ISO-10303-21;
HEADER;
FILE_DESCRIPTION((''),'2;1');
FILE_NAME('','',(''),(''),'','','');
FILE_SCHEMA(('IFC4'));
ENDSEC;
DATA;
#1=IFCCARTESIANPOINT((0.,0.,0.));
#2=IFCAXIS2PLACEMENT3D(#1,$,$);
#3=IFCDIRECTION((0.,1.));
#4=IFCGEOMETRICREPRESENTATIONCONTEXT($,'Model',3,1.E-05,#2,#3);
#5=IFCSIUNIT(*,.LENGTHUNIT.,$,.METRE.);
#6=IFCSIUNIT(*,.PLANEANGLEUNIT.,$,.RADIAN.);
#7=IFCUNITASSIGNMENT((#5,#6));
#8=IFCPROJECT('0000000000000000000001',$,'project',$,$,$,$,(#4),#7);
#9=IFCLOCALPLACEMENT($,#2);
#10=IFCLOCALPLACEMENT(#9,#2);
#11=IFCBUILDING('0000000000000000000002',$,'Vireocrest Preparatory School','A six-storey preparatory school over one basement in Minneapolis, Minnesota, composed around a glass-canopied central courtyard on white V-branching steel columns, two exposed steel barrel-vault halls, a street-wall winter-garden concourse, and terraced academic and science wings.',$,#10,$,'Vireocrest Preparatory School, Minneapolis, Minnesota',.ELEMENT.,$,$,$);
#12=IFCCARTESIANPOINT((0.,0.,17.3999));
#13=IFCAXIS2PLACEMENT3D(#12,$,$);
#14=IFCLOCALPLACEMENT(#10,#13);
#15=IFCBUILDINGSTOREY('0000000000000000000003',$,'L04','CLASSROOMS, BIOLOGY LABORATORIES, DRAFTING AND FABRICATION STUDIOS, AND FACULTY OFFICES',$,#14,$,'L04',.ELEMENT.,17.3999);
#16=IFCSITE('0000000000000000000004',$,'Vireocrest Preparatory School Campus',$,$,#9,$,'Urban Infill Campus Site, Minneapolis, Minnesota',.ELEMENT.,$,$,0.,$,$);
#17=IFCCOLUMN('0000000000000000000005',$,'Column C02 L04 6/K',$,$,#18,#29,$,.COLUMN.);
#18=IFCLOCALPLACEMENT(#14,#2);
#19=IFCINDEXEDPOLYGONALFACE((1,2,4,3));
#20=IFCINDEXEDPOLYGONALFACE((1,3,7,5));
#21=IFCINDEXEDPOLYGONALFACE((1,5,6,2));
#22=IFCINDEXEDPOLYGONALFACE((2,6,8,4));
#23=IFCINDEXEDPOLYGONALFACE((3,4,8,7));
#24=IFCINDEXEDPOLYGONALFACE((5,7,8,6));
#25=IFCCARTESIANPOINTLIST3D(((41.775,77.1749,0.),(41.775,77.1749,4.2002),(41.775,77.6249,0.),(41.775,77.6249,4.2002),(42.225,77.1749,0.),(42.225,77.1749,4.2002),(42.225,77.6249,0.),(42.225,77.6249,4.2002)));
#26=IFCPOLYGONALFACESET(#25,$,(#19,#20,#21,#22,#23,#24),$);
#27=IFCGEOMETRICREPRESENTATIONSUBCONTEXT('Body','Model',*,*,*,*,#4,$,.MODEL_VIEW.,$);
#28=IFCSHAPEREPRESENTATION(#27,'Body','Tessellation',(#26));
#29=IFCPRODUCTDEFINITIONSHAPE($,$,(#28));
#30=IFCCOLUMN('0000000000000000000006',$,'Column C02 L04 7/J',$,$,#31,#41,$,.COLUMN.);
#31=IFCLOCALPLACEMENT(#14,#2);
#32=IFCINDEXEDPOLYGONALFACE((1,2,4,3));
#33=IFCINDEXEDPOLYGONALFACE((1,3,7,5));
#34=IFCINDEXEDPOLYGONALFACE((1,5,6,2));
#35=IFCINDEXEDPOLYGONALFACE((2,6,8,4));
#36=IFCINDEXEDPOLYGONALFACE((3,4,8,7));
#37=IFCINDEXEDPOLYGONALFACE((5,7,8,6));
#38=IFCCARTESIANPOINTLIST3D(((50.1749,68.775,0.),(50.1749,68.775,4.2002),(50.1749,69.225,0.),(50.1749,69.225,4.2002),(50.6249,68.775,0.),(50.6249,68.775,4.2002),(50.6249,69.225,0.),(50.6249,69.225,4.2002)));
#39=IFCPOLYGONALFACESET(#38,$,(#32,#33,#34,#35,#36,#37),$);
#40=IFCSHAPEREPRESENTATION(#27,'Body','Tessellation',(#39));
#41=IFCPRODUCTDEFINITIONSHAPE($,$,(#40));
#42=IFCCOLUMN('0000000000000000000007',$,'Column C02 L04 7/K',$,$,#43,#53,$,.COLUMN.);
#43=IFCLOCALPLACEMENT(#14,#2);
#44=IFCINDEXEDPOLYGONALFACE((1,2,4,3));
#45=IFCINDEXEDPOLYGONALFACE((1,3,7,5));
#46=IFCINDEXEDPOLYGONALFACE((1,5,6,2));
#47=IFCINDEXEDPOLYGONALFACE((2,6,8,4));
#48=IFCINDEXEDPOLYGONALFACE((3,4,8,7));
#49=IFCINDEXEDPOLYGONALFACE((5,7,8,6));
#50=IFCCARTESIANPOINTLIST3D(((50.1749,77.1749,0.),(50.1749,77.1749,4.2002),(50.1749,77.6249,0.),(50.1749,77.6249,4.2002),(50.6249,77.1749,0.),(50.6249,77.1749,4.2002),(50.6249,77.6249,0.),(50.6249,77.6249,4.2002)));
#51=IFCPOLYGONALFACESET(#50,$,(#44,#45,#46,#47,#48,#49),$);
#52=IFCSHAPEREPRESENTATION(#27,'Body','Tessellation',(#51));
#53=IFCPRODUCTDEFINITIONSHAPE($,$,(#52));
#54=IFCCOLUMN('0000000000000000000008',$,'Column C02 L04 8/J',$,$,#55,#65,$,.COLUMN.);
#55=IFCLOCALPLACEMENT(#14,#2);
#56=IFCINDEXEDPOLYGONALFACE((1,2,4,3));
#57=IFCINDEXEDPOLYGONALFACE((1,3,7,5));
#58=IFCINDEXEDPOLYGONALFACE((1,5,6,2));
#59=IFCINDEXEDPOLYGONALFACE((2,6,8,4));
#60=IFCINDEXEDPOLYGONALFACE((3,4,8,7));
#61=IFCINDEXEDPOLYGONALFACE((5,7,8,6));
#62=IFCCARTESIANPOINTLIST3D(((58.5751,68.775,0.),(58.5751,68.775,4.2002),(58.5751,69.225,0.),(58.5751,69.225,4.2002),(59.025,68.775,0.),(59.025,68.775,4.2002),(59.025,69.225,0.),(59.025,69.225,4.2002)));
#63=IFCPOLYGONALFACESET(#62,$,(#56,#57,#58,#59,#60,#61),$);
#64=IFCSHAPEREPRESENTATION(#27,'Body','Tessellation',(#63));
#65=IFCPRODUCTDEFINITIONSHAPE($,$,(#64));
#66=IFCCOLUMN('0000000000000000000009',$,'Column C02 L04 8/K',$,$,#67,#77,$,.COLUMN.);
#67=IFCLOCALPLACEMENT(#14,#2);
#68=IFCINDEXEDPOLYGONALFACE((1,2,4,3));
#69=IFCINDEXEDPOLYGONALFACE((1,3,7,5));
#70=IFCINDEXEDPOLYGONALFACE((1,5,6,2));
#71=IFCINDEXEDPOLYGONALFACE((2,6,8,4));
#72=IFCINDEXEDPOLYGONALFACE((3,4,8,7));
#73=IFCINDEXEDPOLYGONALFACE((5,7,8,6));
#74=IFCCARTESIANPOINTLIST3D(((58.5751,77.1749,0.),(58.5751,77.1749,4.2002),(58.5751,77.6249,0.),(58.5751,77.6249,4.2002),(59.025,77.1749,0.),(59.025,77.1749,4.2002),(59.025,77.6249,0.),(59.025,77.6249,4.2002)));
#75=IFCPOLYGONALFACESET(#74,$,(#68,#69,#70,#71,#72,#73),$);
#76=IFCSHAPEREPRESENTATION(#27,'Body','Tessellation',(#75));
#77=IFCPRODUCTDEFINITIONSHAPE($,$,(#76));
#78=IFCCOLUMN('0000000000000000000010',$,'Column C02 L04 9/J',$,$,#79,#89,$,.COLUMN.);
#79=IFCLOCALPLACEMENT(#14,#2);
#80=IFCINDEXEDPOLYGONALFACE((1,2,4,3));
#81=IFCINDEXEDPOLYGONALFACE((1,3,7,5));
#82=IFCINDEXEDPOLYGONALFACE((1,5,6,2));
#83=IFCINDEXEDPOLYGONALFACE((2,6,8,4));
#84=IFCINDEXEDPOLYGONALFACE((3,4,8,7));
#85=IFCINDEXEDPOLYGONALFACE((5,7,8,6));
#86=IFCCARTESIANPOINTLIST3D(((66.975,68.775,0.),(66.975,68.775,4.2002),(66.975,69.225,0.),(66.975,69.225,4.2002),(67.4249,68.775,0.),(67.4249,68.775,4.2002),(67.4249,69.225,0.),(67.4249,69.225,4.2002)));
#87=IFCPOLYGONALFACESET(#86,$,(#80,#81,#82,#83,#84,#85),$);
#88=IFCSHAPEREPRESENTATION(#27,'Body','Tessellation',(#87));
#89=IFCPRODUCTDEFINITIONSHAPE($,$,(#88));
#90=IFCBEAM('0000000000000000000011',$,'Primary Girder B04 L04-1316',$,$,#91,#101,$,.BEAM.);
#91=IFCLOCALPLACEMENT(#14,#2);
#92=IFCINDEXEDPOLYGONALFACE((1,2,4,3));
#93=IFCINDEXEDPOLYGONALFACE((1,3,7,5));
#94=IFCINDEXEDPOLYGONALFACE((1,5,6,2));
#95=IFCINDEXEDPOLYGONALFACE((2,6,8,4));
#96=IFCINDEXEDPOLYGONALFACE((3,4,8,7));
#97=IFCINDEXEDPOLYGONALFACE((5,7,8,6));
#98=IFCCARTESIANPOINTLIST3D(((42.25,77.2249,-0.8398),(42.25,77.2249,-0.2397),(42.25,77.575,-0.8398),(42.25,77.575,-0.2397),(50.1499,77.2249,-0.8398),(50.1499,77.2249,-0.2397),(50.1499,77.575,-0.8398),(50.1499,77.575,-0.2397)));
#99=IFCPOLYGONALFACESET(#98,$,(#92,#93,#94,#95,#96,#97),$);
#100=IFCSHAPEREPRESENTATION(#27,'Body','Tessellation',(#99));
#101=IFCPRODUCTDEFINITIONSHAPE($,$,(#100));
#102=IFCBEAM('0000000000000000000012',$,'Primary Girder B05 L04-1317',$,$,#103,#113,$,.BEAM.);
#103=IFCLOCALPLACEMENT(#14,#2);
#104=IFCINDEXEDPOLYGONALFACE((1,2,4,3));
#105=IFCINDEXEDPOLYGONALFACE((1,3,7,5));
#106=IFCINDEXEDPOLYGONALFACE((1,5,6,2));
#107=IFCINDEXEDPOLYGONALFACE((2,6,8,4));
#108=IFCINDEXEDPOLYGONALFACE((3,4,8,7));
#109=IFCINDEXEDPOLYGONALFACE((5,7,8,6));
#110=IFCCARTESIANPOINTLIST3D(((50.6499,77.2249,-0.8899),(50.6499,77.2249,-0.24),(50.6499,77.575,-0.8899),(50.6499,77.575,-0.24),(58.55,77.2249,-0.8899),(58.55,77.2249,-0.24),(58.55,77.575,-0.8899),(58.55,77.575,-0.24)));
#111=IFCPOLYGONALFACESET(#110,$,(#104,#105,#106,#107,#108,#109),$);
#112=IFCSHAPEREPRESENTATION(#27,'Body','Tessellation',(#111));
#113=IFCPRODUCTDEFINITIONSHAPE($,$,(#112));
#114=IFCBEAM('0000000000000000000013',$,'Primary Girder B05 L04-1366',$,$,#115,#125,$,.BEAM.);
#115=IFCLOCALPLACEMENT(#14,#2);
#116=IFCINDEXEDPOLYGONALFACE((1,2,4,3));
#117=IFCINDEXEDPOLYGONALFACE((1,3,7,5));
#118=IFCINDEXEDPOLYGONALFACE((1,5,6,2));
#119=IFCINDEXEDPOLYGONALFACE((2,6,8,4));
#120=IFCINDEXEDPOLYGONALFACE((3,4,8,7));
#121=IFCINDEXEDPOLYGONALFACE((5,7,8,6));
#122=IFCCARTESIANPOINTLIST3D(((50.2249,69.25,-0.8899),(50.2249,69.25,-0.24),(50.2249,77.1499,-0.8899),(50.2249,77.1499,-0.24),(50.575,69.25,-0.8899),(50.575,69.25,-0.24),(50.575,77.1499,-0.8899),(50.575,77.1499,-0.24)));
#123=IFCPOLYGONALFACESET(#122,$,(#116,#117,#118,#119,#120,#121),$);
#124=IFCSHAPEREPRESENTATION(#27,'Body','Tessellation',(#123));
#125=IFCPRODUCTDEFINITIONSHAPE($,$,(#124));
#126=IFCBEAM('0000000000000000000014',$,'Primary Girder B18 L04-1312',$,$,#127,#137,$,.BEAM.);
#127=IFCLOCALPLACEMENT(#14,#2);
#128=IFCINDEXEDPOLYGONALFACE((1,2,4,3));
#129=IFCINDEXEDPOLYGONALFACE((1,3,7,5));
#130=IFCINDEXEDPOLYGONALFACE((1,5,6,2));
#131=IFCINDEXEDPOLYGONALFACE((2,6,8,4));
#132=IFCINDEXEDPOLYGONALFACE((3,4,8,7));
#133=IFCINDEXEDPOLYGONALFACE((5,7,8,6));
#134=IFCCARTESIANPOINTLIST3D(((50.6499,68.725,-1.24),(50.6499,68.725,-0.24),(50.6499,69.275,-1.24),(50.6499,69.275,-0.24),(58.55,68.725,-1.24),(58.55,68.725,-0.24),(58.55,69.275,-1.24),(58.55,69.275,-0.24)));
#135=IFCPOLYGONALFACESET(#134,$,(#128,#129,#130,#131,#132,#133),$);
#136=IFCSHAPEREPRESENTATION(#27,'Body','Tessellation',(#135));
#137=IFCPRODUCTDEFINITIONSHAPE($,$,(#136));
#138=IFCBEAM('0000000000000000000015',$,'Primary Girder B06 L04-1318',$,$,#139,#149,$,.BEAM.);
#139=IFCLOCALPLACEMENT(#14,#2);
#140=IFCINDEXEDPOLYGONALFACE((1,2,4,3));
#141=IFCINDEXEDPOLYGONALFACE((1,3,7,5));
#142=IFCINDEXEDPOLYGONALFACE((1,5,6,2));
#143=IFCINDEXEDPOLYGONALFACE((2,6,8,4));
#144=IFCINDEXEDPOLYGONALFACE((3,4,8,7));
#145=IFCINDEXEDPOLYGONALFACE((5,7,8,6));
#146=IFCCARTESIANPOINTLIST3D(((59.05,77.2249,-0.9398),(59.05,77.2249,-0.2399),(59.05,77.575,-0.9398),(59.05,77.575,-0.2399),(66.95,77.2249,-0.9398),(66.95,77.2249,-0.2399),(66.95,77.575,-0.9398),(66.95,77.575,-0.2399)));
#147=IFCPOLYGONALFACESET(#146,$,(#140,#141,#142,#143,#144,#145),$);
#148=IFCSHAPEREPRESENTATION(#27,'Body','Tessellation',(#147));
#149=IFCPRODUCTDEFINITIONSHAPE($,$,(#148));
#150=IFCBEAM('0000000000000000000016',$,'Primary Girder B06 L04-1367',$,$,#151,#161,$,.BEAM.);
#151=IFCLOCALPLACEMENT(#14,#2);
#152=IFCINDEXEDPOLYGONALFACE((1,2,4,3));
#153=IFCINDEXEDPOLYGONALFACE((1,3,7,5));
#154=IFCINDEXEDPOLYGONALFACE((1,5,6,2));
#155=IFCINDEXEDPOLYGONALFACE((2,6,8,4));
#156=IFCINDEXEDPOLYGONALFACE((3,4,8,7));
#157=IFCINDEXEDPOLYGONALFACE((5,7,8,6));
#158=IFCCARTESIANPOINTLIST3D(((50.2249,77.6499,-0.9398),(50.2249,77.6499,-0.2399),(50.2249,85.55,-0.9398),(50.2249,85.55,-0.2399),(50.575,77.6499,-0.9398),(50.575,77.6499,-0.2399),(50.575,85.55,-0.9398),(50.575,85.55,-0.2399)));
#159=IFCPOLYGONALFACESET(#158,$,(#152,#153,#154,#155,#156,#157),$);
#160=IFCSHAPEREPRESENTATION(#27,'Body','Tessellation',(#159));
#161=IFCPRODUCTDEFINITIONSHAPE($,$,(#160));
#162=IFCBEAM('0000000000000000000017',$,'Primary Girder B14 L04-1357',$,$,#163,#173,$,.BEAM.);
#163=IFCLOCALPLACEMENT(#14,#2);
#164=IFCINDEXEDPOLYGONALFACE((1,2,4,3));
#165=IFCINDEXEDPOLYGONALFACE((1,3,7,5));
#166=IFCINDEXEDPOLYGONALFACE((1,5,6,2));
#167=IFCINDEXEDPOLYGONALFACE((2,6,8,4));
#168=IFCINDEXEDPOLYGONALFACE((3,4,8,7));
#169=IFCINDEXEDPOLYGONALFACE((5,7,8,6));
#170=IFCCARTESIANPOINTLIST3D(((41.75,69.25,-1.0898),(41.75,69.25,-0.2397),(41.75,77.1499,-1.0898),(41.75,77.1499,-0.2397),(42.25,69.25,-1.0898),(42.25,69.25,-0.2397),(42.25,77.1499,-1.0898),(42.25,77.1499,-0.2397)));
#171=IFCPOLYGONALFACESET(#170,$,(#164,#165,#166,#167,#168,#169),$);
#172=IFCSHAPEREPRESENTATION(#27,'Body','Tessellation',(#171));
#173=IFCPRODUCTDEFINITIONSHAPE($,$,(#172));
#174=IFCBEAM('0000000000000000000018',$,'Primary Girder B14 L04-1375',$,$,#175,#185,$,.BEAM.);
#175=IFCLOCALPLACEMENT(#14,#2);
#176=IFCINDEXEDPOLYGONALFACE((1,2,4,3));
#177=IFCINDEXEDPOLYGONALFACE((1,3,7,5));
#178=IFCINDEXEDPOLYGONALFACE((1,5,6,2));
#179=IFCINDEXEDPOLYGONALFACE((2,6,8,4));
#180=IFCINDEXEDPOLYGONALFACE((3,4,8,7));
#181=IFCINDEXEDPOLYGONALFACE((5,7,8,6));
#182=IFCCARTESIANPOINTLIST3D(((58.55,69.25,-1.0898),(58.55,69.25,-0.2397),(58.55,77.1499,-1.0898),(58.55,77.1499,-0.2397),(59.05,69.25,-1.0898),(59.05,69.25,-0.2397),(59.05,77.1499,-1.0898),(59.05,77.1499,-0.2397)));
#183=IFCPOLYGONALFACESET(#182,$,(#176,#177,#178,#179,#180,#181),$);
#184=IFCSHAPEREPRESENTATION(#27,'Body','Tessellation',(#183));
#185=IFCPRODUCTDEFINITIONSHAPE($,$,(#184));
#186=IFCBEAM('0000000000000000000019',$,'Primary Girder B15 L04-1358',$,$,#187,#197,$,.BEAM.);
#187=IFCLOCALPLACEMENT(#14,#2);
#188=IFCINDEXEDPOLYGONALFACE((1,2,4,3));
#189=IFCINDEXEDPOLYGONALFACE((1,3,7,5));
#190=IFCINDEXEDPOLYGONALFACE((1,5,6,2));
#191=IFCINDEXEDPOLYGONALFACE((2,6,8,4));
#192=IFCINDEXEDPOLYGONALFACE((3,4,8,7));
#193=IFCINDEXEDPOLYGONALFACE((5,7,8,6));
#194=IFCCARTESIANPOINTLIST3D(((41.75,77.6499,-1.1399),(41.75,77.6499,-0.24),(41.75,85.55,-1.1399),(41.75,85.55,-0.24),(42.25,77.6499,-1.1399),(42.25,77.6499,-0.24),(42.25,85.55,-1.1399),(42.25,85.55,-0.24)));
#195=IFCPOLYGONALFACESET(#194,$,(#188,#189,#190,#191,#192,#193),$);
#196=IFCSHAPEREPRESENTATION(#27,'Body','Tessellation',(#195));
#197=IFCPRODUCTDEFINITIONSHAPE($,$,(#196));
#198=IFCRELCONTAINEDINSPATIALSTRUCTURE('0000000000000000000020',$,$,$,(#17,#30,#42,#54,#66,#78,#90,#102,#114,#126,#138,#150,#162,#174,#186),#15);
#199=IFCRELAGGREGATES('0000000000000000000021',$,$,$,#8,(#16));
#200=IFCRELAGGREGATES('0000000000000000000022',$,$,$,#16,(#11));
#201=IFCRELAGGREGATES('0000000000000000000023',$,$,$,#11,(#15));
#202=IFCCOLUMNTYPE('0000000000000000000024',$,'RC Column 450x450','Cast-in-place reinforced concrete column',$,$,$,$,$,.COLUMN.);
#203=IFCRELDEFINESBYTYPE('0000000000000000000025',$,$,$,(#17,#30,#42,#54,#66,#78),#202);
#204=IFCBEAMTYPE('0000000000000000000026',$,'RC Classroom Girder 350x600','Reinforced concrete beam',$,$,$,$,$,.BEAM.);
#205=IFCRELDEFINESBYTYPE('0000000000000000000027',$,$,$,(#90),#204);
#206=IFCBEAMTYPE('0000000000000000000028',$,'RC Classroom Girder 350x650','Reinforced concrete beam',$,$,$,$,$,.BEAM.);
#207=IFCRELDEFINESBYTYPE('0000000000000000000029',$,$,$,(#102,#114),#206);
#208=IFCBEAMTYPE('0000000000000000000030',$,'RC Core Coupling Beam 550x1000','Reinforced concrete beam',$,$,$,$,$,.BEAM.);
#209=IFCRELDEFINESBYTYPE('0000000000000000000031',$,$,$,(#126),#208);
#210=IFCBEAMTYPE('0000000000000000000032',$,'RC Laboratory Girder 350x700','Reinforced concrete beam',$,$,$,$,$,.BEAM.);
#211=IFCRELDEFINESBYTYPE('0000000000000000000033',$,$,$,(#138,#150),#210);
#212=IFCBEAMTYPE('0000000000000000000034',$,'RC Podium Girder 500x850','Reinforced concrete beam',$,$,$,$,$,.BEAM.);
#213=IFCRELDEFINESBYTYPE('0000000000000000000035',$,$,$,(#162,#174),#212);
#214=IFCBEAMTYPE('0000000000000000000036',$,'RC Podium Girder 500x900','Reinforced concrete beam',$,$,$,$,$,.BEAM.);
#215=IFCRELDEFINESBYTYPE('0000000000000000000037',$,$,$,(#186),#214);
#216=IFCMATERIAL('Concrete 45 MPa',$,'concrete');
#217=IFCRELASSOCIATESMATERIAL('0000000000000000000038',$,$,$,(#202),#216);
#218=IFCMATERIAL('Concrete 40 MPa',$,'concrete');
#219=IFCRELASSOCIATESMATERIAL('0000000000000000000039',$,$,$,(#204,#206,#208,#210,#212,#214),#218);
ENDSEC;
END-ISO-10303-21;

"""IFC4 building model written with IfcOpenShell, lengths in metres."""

from ifc_helpers import new_model, si_unit, direction, frame, origin, origin_2d, place, context, subcontext, project, spatial, rectangle, extrude, material, material_profile, profile_set, type_object, element, save


model = new_model("IFC4")

# Units and contexts
model_context = context("Model", 3, precision=1e-05, world=origin(), true_north=direction((0.0, 1.0)))
body_context = subcontext(model_context, "Body", "Model", "MODEL_VIEW")
ifc_project = project(units=[si_unit("LENGTHUNIT", "METRE"), si_unit("PLANEANGLEUNIT", "RADIAN")], contexts=[model_context])

# Site, building, storey
site_placement = place(None, origin())
site = spatial("IfcSite", under=ifc_project, at=site_placement, Name="Vireocrest Preparatory School Campus", LongName="Urban Infill Campus Site, Minneapolis, Minnesota", CompositionType="ELEMENT", RefElevation=0.0)
building_placement = place(site_placement, origin())
building = spatial("IfcBuilding", under=site, at=building_placement, Name="Vireocrest Preparatory School", Description="A six-storey preparatory school over one basement in Minneapolis, Minnesota, composed around a glass-canopied central courtyard on white V-branching steel columns, two exposed steel barrel-vault halls, a street-wall winter-garden concourse, and terraced academic and science wings.", LongName="Vireocrest Preparatory School, Minneapolis, Minnesota", CompositionType="ELEMENT")
storey_placement = place(building_placement, frame((0.0, 0.0, 17.3999)))
storey = spatial("IfcBuildingStorey", under=building, at=storey_placement, Name="L04", Description="CLASSROOMS, BIOLOGY LABORATORIES, DRAFTING AND FABRICATION STUDIOS, AND FACULTY OFFICES", LongName="L04", CompositionType="ELEMENT", Elevation=17.3999)

# Columns
ifc_material_1 = material(Name="Concrete 45 MPa", Category="concrete")
ifc_material_profile_1 = material_profile(ifc_material_1, rectangle(XDim=0.45, YDim=0.45, at=origin_2d()), Name="RC 450x450")
ifc_profile_set_1 = profile_set([ifc_material_profile_1], Name="Concrete 45 MPa")
column_type = type_object("IfcColumnType", Name="RC Column 450x450", Description="Cast-in-place reinforced concrete column", PredefinedType="COLUMN", material=ifc_profile_set_1)
for number, where, z_axis, x_axis, name in (
    (1, (42.0, 77.3999, 0.0), (0.0, 0.0, 1.0), (1.0, 0.0, 0.0), "Column C02 L04 6/K"),
    (2, (50.3999, 69.0, 0.0), (0.0, 0.0, 1.0), (1.0, 0.0, 0.0), "Column C02 L04 7/J"),
    (3, (50.3999, 77.3999, 0.0), (0.0, 0.0, 1.0), (1.0, 0.0, 0.0), "Column C02 L04 7/K"),
    (4, (58.8, 69.0, 0.0), (0.0, 0.0, 1.0), (1.0, 0.0, 0.0), "Column C02 L04 8/J"),
    (5, (58.8, 77.3999, 0.0), (0.0, 0.0, 1.0), (1.0, 0.0, 0.0), "Column C02 L04 8/K"),
    (6, (67.2, 69.0, 0.0), (0.0, 0.0, 1.0), (1.0, 0.0, 0.0), "Column C02 L04 9/J"),
):
    element("IfcColumn", number, at=place(storey_placement, frame(where, z_axis=z_axis, x_axis=x_axis)), inside=storey, type_object=column_type, Name=name, PredefinedType="COLUMN", context=body_context, shape_type="SweptSolid", body=[
        extrude(rectangle(XDim=0.45, YDim=0.45, at=origin_2d()), origin(), (0.0, 0.0, 1.0), 4.2002),
    ])

# Beams
ifc_material_2 = material(Name="Concrete 40 MPa", Category="concrete")
ifc_material_profile_2 = material_profile(ifc_material_2, rectangle(XDim=0.3501, YDim=0.6001, at=origin_2d()), Name="RC 350x600")
ifc_profile_set_2 = profile_set([ifc_material_profile_2], Name="Concrete 40 MPa")
beam_type_1 = type_object("IfcBeamType", Name="RC Classroom Girder 350x600", Description="Reinforced concrete beam", PredefinedType="BEAM", material=ifc_profile_set_2)
beam_1_placement = place(storey_placement, frame((42.25, 77.3999, -0.5398), z_axis=(1.0, 0.0, 0.0), x_axis=(0.0, 1.0, 0.0)))
element("IfcBeam", 7, at=beam_1_placement, inside=storey, type_object=beam_type_1, Name="Primary Girder B04 L04-1316", PredefinedType="BEAM", context=body_context, shape_type="SweptSolid", body=[
    extrude(rectangle(XDim=0.3501, YDim=0.6001, at=origin_2d()), origin(), (0.0, 0.0, 1.0), 7.8999),
])
ifc_material_profile_3 = material_profile(ifc_material_2, rectangle(XDim=0.3501, YDim=0.6499, at=origin_2d()), Name="RC 350x650")
ifc_profile_set_3 = profile_set([ifc_material_profile_3], Name="Concrete 40 MPa")
beam_type_2 = type_object("IfcBeamType", Name="RC Classroom Girder 350x650", Description="Reinforced concrete beam", PredefinedType="BEAM", material=ifc_profile_set_3)
beam_2_placement = place(storey_placement, frame((50.6499, 77.3999, -0.5649), z_axis=(1.0, 0.0, 0.0), x_axis=(0.0, 1.0, 0.0)))
element("IfcBeam", 8, at=beam_2_placement, inside=storey, type_object=beam_type_2, Name="Primary Girder B05 L04-1317", PredefinedType="BEAM", context=body_context, shape_type="SweptSolid", body=[
    extrude(rectangle(XDim=0.3501, YDim=0.6499, at=origin_2d()), origin(), (0.0, 0.0, 1.0), 7.9001),
])
beam_3_placement = place(storey_placement, frame((50.3999, 69.25, -0.5649), z_axis=(0.0, 1.0, 0.0), x_axis=(-1.0, 0.0, 0.0)))
element("IfcBeam", 9, at=beam_3_placement, inside=storey, type_object=beam_type_2, Name="Primary Girder B05 L04-1366", PredefinedType="BEAM", context=body_context, shape_type="SweptSolid", body=[
    extrude(rectangle(XDim=0.3501, YDim=0.6499, at=origin_2d()), origin(), (0.0, 0.0, 1.0), 7.8999),
])
ifc_material_profile_4 = material_profile(ifc_material_2, rectangle(XDim=0.55, YDim=1.0, at=origin_2d()), Name="RC 550x1000")
ifc_profile_set_4 = profile_set([ifc_material_profile_4], Name="Concrete 40 MPa")
beam_type_3 = type_object("IfcBeamType", Name="RC Core Coupling Beam 550x1000", Description="Reinforced concrete beam", PredefinedType="BEAM", material=ifc_profile_set_4)
beam_4_placement = place(storey_placement, frame((50.6499, 69.0, -0.74), z_axis=(1.0, 0.0, 0.0), x_axis=(0.0, 1.0, 0.0)))
element("IfcBeam", 10, at=beam_4_placement, inside=storey, type_object=beam_type_3, Name="Primary Girder B18 L04-1312", PredefinedType="BEAM", context=body_context, shape_type="SweptSolid", body=[
    extrude(rectangle(XDim=0.55, YDim=1.0, at=origin_2d()), origin(), (0.0, 0.0, 1.0), 7.9001),
])
ifc_material_profile_5 = material_profile(ifc_material_2, rectangle(XDim=0.3501, YDim=0.7, at=origin_2d()), Name="RC 350x700")
ifc_profile_set_5 = profile_set([ifc_material_profile_5], Name="Concrete 40 MPa")
beam_type_4 = type_object("IfcBeamType", Name="RC Laboratory Girder 350x700", Description="Reinforced concrete beam", PredefinedType="BEAM", material=ifc_profile_set_5)
beam_5_placement = place(storey_placement, frame((59.05, 77.3999, -0.5898), z_axis=(1.0, 0.0, 0.0), x_axis=(0.0, 1.0, 0.0)))
element("IfcBeam", 11, at=beam_5_placement, inside=storey, type_object=beam_type_4, Name="Primary Girder B06 L04-1318", PredefinedType="BEAM", context=body_context, shape_type="SweptSolid", body=[
    extrude(rectangle(XDim=0.3501, YDim=0.7, at=origin_2d()), origin(), (0.0, 0.0, 1.0), 7.8999),
])
beam_6_placement = place(storey_placement, frame((50.3999, 77.6499, -0.5898), z_axis=(0.0, 1.0, 0.0), x_axis=(-1.0, 0.0, 0.0)))
element("IfcBeam", 12, at=beam_6_placement, inside=storey, type_object=beam_type_4, Name="Primary Girder B06 L04-1367", PredefinedType="BEAM", context=body_context, shape_type="SweptSolid", body=[
    extrude(rectangle(XDim=0.3501, YDim=0.7, at=origin_2d()), origin(), (0.0, 0.0, 1.0), 7.9001),
])
ifc_material_profile_6 = material_profile(ifc_material_2, rectangle(XDim=0.5, YDim=0.8501, at=origin_2d()), Name="RC 500x850")
ifc_profile_set_6 = profile_set([ifc_material_profile_6], Name="Concrete 40 MPa")
beam_type_5 = type_object("IfcBeamType", Name="RC Podium Girder 500x850", Description="Reinforced concrete beam", PredefinedType="BEAM", material=ifc_profile_set_6)
for number, where, z_axis, x_axis, name in (
    (13, (42.0, 69.25, -0.6648), (0.0, 1.0, 0.0), (-1.0, 0.0, 0.0), "Primary Girder B14 L04-1357"),
    (14, (58.8, 69.25, -0.6648), (0.0, 1.0, 0.0), (-1.0, 0.0, 0.0), "Primary Girder B14 L04-1375"),
):
    element("IfcBeam", number, at=place(storey_placement, frame(where, z_axis=z_axis, x_axis=x_axis)), inside=storey, type_object=beam_type_5, Name=name, PredefinedType="BEAM", context=body_context, shape_type="SweptSolid", body=[
        extrude(rectangle(XDim=0.5, YDim=0.8501, at=origin_2d()), origin(), (0.0, 0.0, 1.0), 7.8999),
    ])
ifc_material_profile_7 = material_profile(ifc_material_2, rectangle(XDim=0.5, YDim=0.8999, at=origin_2d()), Name="RC 500x900")
ifc_profile_set_7 = profile_set([ifc_material_profile_7], Name="Concrete 40 MPa")
beam_type_6 = type_object("IfcBeamType", Name="RC Podium Girder 500x900", Description="Reinforced concrete beam", PredefinedType="BEAM", material=ifc_profile_set_7)
for number, where, z_axis, x_axis, name in (
    (15, (42.0, 77.6499, -0.6899), (0.0, 1.0, 0.0), (-1.0, 0.0, 0.0), "Primary Girder B15 L04-1358"),
):
    element("IfcBeam", number, at=place(storey_placement, frame(where, z_axis=z_axis, x_axis=x_axis)), inside=storey, type_object=beam_type_6, Name=name, PredefinedType="BEAM", context=body_context, shape_type="SweptSolid", body=[
        extrude(rectangle(XDim=0.5, YDim=0.8999, at=origin_2d()), origin(), (0.0, 0.0, 1.0), 7.9001),
    ])

save(model, "model.ifc")
